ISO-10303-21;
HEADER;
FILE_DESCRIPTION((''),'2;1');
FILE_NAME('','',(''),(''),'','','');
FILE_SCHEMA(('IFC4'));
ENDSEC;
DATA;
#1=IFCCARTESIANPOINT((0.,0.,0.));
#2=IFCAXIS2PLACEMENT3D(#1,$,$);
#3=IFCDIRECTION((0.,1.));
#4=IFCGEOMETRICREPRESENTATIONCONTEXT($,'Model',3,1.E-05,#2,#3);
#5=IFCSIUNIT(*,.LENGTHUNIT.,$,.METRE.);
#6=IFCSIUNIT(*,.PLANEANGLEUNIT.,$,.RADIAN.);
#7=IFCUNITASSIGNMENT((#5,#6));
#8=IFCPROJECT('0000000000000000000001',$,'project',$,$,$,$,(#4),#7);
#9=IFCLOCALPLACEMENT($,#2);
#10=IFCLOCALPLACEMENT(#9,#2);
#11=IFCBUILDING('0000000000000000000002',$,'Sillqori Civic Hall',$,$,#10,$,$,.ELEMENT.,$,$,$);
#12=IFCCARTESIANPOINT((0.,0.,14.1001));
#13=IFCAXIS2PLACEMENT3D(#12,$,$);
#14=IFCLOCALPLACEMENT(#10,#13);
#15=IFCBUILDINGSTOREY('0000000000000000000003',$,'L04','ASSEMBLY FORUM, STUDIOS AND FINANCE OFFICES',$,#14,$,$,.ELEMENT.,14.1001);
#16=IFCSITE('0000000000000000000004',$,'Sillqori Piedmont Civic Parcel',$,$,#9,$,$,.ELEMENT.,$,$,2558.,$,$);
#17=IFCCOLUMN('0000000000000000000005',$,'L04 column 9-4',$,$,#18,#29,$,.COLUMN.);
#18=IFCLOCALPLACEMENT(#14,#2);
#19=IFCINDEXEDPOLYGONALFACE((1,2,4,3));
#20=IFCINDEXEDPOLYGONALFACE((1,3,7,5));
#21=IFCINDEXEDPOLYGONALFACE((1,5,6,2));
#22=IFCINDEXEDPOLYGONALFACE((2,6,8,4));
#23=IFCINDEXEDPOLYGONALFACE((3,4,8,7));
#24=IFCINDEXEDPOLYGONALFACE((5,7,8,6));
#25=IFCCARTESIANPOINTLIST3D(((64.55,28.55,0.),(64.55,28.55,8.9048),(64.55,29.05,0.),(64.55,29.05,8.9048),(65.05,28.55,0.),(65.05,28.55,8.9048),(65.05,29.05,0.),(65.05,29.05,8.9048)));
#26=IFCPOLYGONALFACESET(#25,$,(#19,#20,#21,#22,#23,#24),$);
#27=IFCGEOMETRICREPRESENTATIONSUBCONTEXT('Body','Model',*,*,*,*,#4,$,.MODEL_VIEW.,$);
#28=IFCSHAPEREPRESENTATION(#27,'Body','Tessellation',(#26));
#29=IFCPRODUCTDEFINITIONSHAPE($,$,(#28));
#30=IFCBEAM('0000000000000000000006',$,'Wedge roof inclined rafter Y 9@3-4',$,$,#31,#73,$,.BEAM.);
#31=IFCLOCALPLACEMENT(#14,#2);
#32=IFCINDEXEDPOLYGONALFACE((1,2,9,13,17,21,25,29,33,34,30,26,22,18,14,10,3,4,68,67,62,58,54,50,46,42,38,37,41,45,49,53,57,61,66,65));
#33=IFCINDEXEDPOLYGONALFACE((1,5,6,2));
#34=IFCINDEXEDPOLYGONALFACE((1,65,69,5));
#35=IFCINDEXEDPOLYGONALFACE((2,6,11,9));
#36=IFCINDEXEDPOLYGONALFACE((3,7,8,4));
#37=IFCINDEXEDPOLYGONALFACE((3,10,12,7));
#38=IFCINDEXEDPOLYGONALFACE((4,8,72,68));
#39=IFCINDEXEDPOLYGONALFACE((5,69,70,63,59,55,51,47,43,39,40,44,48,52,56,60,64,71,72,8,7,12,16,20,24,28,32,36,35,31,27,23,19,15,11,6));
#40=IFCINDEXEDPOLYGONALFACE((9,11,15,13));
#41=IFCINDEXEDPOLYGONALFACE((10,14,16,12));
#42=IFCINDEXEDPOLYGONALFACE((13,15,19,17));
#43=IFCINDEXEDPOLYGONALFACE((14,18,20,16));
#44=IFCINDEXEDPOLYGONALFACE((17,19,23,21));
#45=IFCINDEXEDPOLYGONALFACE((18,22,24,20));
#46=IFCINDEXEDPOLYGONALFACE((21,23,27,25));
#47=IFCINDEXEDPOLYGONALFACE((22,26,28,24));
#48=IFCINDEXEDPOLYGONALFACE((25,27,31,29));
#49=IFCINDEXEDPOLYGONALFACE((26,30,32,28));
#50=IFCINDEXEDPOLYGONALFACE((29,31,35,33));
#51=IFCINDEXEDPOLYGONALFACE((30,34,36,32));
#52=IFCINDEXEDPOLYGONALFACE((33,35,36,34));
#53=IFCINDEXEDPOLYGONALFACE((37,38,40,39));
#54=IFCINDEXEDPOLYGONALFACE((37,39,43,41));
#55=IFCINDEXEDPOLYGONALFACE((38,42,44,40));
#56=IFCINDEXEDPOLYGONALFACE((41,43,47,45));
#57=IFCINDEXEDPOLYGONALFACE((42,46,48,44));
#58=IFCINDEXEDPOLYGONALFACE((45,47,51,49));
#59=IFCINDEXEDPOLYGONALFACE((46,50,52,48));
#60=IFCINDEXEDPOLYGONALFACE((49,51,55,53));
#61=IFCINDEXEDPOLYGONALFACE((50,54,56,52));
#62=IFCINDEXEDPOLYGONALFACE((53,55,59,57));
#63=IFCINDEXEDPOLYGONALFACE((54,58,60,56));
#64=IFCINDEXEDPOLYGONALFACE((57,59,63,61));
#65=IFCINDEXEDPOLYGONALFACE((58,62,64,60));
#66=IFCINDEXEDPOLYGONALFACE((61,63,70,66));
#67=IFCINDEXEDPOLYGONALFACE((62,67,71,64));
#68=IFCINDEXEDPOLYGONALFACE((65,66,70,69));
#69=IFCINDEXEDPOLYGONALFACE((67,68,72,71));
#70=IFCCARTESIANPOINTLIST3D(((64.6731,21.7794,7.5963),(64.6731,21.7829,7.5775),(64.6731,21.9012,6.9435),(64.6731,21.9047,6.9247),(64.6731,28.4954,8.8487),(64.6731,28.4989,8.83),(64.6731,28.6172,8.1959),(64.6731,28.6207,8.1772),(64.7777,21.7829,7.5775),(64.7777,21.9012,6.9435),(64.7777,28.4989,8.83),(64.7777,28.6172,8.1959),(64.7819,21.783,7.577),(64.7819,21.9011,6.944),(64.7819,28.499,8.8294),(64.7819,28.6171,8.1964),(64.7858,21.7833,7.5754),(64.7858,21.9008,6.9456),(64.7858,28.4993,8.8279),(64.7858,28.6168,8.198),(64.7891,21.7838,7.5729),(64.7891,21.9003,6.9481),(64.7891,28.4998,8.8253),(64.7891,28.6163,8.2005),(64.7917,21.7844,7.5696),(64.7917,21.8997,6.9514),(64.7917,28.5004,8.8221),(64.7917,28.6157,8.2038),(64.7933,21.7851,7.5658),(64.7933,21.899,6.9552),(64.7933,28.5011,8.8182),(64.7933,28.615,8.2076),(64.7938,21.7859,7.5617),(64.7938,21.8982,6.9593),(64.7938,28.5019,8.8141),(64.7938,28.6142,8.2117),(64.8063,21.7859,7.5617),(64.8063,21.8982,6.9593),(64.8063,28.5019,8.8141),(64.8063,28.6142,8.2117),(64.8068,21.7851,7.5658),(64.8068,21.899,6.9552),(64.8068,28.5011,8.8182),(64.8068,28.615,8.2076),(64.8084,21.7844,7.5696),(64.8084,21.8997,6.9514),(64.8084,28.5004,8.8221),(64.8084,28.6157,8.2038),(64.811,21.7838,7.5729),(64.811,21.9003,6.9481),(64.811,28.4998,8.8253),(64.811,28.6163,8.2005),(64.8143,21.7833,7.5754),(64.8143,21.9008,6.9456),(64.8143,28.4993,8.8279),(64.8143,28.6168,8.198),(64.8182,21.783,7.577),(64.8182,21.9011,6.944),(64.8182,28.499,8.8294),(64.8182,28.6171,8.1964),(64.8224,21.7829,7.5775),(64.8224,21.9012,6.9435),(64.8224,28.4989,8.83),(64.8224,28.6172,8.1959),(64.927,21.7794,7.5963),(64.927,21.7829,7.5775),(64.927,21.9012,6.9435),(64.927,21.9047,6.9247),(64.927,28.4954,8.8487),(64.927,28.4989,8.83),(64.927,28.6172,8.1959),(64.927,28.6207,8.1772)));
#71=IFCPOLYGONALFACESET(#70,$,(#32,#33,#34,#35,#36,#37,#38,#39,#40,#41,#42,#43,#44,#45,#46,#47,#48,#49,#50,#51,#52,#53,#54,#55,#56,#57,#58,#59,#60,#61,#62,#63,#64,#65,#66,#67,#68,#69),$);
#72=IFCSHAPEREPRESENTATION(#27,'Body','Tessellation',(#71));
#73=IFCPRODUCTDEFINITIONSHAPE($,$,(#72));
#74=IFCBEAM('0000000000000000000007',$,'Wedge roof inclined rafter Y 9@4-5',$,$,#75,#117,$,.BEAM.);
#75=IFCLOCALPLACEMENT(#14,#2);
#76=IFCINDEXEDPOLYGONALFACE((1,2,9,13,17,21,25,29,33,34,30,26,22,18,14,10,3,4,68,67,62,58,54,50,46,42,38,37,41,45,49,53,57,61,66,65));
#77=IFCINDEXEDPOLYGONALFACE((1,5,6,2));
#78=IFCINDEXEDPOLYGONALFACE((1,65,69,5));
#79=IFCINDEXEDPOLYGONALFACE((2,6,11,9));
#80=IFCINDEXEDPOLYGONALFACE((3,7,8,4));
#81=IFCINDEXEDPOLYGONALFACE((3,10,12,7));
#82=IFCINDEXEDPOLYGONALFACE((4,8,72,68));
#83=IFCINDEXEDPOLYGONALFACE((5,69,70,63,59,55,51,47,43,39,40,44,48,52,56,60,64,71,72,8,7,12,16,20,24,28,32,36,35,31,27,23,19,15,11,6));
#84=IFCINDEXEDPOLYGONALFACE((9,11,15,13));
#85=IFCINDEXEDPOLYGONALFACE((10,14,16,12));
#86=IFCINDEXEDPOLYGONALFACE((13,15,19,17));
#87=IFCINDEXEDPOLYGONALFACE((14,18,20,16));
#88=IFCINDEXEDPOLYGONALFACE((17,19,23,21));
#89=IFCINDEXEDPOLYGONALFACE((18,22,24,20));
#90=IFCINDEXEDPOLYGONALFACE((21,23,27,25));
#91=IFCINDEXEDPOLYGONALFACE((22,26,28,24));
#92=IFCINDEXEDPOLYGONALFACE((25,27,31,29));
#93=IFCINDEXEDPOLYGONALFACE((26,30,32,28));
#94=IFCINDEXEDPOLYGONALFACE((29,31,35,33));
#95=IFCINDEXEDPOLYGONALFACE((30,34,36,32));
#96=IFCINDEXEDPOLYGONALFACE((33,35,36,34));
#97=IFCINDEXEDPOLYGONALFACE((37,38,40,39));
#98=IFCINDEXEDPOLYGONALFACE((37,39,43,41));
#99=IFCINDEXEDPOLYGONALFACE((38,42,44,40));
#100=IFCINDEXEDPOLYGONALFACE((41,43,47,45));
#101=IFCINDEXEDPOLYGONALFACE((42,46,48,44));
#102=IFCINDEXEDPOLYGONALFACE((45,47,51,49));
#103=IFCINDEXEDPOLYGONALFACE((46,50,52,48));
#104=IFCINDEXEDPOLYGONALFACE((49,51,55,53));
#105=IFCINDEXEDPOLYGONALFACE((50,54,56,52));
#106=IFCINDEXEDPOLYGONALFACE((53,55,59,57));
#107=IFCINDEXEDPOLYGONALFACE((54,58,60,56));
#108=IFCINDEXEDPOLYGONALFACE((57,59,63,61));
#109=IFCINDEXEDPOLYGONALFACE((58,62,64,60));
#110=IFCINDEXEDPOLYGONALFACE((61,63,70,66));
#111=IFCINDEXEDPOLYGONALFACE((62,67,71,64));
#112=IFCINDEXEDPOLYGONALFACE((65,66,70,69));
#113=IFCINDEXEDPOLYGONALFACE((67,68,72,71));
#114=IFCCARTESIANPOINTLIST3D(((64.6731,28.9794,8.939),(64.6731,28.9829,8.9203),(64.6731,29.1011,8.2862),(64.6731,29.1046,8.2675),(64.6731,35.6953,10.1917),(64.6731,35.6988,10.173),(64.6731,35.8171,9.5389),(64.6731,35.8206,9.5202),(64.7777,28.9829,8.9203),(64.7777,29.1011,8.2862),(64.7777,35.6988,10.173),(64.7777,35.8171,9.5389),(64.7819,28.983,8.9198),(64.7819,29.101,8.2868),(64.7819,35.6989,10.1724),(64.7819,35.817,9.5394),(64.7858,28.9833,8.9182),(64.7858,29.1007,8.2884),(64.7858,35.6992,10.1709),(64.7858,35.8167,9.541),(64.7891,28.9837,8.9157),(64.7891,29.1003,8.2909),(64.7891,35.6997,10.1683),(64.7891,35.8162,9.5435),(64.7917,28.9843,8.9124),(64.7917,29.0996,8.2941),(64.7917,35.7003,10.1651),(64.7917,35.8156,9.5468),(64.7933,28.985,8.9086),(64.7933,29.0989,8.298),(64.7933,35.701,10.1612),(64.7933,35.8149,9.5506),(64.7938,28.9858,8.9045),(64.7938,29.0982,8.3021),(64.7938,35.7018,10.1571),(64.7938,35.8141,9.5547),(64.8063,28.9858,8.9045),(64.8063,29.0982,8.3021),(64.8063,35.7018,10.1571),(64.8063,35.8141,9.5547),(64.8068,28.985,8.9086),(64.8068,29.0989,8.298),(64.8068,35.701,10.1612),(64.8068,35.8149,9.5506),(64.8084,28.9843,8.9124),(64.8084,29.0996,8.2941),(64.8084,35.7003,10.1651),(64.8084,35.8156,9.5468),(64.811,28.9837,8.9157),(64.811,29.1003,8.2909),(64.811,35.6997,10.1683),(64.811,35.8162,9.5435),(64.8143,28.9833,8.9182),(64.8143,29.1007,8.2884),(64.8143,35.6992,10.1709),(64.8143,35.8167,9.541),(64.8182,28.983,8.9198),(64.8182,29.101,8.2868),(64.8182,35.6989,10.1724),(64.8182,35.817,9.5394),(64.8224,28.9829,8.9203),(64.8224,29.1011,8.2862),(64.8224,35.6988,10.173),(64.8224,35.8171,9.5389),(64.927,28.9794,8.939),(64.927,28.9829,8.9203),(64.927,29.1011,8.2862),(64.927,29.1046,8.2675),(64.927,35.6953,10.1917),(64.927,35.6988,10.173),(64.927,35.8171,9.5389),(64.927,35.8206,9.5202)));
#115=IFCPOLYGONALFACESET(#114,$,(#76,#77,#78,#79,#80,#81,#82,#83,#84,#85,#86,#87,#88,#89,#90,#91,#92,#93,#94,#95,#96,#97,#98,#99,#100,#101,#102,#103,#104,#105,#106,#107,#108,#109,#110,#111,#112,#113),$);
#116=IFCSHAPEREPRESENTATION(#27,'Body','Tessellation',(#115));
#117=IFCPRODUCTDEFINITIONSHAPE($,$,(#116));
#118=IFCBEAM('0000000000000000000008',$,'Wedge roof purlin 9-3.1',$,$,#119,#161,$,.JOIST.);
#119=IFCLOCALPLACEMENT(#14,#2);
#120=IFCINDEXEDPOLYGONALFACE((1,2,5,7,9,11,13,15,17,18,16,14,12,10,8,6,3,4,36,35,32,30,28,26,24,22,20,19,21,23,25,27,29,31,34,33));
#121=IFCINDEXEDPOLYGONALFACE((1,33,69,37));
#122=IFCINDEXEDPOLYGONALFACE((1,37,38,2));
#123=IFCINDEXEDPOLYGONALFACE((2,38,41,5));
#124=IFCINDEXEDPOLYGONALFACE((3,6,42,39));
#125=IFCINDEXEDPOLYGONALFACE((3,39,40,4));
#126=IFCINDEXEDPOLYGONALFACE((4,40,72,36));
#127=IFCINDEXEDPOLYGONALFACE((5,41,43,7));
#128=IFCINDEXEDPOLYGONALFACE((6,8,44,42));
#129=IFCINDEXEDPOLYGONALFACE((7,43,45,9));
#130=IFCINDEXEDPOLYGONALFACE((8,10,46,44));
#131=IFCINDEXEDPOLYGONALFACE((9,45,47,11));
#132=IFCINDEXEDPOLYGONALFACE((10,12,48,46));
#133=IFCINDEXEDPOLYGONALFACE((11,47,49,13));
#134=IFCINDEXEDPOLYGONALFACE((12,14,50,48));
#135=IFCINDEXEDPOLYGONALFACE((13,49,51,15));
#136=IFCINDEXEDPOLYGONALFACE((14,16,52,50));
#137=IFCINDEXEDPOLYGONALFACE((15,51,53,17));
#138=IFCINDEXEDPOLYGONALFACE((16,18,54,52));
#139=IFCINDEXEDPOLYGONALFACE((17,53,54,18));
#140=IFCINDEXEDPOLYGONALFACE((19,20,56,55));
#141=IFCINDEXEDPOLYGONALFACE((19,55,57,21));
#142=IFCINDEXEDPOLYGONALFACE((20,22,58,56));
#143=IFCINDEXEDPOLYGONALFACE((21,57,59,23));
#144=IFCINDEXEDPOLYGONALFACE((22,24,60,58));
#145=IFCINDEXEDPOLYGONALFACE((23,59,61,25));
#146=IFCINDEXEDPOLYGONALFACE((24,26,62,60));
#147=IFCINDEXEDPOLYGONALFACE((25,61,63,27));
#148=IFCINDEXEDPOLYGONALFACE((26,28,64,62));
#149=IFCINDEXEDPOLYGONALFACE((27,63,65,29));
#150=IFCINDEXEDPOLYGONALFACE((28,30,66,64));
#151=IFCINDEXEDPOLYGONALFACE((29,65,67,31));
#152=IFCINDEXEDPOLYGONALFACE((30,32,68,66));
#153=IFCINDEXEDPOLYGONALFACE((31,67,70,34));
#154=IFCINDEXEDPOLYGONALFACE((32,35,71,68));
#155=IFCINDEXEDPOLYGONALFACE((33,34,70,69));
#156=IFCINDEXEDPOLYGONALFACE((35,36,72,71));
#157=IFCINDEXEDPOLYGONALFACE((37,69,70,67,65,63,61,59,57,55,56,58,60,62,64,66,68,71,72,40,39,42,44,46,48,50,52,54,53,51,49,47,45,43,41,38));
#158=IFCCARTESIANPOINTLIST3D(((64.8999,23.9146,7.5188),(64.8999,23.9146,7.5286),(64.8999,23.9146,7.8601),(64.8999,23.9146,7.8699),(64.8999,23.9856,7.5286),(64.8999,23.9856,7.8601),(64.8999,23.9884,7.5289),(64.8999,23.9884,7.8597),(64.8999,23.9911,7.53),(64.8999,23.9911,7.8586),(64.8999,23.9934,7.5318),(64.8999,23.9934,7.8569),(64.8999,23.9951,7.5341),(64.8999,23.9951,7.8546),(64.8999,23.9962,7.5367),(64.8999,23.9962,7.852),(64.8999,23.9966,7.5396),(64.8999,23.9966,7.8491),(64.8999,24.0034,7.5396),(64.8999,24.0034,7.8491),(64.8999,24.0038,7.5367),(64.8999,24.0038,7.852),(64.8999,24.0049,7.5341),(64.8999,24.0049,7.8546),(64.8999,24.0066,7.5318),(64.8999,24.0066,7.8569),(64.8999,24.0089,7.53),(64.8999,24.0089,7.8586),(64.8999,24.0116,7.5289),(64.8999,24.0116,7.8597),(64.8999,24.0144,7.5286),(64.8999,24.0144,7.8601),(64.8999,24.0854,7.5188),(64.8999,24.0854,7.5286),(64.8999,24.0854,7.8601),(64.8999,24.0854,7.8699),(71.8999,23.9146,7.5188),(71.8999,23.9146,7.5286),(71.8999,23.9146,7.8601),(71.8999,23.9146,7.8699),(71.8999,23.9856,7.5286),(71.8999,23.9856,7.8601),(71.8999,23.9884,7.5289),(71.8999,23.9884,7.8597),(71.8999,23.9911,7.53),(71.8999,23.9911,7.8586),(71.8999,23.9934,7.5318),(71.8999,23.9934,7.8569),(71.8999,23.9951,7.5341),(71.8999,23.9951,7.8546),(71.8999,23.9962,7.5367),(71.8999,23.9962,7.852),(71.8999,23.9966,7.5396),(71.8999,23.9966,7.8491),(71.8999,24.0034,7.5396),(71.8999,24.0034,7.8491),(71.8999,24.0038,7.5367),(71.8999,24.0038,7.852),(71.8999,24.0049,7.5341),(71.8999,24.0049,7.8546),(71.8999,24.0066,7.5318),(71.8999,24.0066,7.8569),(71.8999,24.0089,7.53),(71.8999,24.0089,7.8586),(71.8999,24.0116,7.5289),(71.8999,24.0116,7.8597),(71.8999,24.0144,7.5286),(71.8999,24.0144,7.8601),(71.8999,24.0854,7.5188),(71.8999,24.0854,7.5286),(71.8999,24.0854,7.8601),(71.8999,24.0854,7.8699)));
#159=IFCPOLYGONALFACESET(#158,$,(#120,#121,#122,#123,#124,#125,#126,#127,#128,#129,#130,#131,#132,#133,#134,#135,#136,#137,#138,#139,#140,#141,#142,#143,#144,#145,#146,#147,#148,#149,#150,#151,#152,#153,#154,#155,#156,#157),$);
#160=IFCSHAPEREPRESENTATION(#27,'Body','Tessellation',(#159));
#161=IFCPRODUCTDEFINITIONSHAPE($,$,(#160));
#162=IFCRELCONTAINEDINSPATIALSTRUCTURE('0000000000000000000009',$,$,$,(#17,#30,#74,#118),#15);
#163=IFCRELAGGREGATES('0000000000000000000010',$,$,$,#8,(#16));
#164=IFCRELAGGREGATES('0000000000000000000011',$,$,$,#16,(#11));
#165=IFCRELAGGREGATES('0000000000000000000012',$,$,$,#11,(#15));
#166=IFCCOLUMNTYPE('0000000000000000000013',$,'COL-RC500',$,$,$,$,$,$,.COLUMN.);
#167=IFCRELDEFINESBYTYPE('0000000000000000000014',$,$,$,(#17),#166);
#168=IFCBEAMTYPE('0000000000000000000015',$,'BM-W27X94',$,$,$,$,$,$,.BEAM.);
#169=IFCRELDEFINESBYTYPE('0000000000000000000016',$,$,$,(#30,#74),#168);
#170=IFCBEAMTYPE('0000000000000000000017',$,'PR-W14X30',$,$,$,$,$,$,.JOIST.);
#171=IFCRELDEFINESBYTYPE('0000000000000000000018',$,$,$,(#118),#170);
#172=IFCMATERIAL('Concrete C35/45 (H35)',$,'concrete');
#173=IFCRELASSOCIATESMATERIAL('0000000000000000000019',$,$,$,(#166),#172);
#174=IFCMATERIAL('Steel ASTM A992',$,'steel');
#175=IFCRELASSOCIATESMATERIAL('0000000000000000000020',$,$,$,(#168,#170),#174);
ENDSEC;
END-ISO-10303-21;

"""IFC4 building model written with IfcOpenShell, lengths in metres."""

from ifc_helpers import new_model, si_unit, direction, frame, origin, origin_2d, place, context, subcontext, project, spatial, rectangle, i_section, extrude, material, material_profile, profile_set, type_object, element, save


model = new_model("IFC4")

# Units and contexts
model_context = context("Model", 3, precision=1e-05, world=origin(), true_north=direction((0.0, 1.0)))
body_context = subcontext(model_context, "Body", "Model", "MODEL_VIEW")
ifc_project = project(units=[si_unit("LENGTHUNIT", "METRE"), si_unit("PLANEANGLEUNIT", "RADIAN")], contexts=[model_context])

# Site, building, storey
site_placement = place(None, origin())
site = spatial("IfcSite", under=ifc_project, at=site_placement, Name="Sillqori Piedmont Civic Parcel", CompositionType="ELEMENT", RefElevation=2558.0)
building_placement = place(site_placement, origin())
building = spatial("IfcBuilding", under=site, at=building_placement, Name="Sillqori Civic Hall", CompositionType="ELEMENT")
storey_placement = place(building_placement, frame((0.0, 0.0, 14.1001)))
storey = spatial("IfcBuildingStorey", under=building, at=storey_placement, Name="L04", Description="ASSEMBLY FORUM, STUDIOS AND FINANCE OFFICES", CompositionType="ELEMENT", Elevation=14.1001)

# Column
ifc_material_1 = material(Name="Concrete C35/45 (H35)", Category="concrete")
ifc_material_profile_1 = material_profile(ifc_material_1, rectangle(XDim=0.5, YDim=0.5, at=origin_2d()), Name="RC 500x500")
ifc_profile_set_1 = profile_set([ifc_material_profile_1], Name="Concrete C35/45 (H35)")
column_type = type_object("IfcColumnType", Name="COL-RC500", PredefinedType="COLUMN", material=ifc_profile_set_1)
column_placement = place(storey_placement, frame((64.8, 28.8, 0.0), z_axis=(0.0, 0.0, 1.0), x_axis=(1.0, 0.0, 0.0)))
element("IfcColumn", 1, at=column_placement, inside=storey, type_object=column_type, Name="L04 column 9-4", PredefinedType="COLUMN", context=body_context, shape_type="SweptSolid", body=[
    extrude(rectangle(XDim=0.5, YDim=0.5, at=origin_2d()), origin(), (0.0, 0.0, 1.0), 8.9048),
])

# Beams
ifc_material_2 = material(Name="Steel ASTM A992", Category="steel")
ifc_material_profile_2 = material_profile(ifc_material_2, i_section(OverallWidth=0.2539, OverallDepth=0.6831, WebThickness=0.0125, FlangeThickness=0.019, FilletRadius=0.0161, at=origin_2d()), Name="W27X94")
ifc_profile_set_2 = profile_set([ifc_material_profile_2], Name="Steel ASTM A992")
beam_type_1 = type_object("IfcBeamType", Name="BM-W27X94", PredefinedType="BEAM", material=ifc_profile_set_2)
for number, where, z_axis, x_axis, name in (
    (2, (64.8, 21.842, 7.2605), (0.0, 0.983053, 0.183324), (-1.0, 0.0, 0.0), "Wedge roof inclined rafter Y 9@3-4"),
    (3, (64.8, 29.042, 8.6033), (0.0, 0.983046, 0.183359), (-1.0, 0.0, 0.0), "Wedge roof inclined rafter Y 9@4-5"),
):
    element("IfcBeam", number, at=place(storey_placement, frame(where, z_axis=z_axis, x_axis=x_axis)), inside=storey, type_object=beam_type_1, Name=name, PredefinedType="BEAM", context=body_context, shape_type="SweptSolid", body=[
        extrude(i_section(OverallWidth=0.2539, OverallDepth=0.6831, WebThickness=0.0125, FlangeThickness=0.019, FilletRadius=0.0161, at=origin_2d()), origin(), (0.0, 0.0, 1.0), 6.8318),
    ])
ifc_material_profile_3 = material_profile(ifc_material_2, i_section(OverallWidth=0.1709, OverallDepth=0.3511, WebThickness=0.0068, FlangeThickness=0.0098, FilletRadius=0.011, at=origin_2d()), Name="W14X30")
ifc_profile_set_3 = profile_set([ifc_material_profile_3], Name="Steel ASTM A992")
beam_type_2 = type_object("IfcBeamType", Name="PR-W14X30", PredefinedType="JOIST", material=ifc_profile_set_3)
for number, where, z_axis, x_axis, name in (
    (4, (64.8999, 24.0, 7.6943), (1.0, 0.0, 0.0), (0.0, 1.0, 0.0), "Wedge roof purlin 9-3.1"),
):
    element("IfcBeam", number, at=place(storey_placement, frame(where, z_axis=z_axis, x_axis=x_axis)), inside=storey, type_object=beam_type_2, Name=name, PredefinedType="JOIST", context=body_context, shape_type="SweptSolid", body=[
        extrude(i_section(OverallWidth=0.1709, OverallDepth=0.3511, WebThickness=0.0068, FlangeThickness=0.0098, FilletRadius=0.011, at=origin_2d()), origin(), (0.0, 0.0, 1.0), 7.0),
    ])

save(model, "model.ifc")
